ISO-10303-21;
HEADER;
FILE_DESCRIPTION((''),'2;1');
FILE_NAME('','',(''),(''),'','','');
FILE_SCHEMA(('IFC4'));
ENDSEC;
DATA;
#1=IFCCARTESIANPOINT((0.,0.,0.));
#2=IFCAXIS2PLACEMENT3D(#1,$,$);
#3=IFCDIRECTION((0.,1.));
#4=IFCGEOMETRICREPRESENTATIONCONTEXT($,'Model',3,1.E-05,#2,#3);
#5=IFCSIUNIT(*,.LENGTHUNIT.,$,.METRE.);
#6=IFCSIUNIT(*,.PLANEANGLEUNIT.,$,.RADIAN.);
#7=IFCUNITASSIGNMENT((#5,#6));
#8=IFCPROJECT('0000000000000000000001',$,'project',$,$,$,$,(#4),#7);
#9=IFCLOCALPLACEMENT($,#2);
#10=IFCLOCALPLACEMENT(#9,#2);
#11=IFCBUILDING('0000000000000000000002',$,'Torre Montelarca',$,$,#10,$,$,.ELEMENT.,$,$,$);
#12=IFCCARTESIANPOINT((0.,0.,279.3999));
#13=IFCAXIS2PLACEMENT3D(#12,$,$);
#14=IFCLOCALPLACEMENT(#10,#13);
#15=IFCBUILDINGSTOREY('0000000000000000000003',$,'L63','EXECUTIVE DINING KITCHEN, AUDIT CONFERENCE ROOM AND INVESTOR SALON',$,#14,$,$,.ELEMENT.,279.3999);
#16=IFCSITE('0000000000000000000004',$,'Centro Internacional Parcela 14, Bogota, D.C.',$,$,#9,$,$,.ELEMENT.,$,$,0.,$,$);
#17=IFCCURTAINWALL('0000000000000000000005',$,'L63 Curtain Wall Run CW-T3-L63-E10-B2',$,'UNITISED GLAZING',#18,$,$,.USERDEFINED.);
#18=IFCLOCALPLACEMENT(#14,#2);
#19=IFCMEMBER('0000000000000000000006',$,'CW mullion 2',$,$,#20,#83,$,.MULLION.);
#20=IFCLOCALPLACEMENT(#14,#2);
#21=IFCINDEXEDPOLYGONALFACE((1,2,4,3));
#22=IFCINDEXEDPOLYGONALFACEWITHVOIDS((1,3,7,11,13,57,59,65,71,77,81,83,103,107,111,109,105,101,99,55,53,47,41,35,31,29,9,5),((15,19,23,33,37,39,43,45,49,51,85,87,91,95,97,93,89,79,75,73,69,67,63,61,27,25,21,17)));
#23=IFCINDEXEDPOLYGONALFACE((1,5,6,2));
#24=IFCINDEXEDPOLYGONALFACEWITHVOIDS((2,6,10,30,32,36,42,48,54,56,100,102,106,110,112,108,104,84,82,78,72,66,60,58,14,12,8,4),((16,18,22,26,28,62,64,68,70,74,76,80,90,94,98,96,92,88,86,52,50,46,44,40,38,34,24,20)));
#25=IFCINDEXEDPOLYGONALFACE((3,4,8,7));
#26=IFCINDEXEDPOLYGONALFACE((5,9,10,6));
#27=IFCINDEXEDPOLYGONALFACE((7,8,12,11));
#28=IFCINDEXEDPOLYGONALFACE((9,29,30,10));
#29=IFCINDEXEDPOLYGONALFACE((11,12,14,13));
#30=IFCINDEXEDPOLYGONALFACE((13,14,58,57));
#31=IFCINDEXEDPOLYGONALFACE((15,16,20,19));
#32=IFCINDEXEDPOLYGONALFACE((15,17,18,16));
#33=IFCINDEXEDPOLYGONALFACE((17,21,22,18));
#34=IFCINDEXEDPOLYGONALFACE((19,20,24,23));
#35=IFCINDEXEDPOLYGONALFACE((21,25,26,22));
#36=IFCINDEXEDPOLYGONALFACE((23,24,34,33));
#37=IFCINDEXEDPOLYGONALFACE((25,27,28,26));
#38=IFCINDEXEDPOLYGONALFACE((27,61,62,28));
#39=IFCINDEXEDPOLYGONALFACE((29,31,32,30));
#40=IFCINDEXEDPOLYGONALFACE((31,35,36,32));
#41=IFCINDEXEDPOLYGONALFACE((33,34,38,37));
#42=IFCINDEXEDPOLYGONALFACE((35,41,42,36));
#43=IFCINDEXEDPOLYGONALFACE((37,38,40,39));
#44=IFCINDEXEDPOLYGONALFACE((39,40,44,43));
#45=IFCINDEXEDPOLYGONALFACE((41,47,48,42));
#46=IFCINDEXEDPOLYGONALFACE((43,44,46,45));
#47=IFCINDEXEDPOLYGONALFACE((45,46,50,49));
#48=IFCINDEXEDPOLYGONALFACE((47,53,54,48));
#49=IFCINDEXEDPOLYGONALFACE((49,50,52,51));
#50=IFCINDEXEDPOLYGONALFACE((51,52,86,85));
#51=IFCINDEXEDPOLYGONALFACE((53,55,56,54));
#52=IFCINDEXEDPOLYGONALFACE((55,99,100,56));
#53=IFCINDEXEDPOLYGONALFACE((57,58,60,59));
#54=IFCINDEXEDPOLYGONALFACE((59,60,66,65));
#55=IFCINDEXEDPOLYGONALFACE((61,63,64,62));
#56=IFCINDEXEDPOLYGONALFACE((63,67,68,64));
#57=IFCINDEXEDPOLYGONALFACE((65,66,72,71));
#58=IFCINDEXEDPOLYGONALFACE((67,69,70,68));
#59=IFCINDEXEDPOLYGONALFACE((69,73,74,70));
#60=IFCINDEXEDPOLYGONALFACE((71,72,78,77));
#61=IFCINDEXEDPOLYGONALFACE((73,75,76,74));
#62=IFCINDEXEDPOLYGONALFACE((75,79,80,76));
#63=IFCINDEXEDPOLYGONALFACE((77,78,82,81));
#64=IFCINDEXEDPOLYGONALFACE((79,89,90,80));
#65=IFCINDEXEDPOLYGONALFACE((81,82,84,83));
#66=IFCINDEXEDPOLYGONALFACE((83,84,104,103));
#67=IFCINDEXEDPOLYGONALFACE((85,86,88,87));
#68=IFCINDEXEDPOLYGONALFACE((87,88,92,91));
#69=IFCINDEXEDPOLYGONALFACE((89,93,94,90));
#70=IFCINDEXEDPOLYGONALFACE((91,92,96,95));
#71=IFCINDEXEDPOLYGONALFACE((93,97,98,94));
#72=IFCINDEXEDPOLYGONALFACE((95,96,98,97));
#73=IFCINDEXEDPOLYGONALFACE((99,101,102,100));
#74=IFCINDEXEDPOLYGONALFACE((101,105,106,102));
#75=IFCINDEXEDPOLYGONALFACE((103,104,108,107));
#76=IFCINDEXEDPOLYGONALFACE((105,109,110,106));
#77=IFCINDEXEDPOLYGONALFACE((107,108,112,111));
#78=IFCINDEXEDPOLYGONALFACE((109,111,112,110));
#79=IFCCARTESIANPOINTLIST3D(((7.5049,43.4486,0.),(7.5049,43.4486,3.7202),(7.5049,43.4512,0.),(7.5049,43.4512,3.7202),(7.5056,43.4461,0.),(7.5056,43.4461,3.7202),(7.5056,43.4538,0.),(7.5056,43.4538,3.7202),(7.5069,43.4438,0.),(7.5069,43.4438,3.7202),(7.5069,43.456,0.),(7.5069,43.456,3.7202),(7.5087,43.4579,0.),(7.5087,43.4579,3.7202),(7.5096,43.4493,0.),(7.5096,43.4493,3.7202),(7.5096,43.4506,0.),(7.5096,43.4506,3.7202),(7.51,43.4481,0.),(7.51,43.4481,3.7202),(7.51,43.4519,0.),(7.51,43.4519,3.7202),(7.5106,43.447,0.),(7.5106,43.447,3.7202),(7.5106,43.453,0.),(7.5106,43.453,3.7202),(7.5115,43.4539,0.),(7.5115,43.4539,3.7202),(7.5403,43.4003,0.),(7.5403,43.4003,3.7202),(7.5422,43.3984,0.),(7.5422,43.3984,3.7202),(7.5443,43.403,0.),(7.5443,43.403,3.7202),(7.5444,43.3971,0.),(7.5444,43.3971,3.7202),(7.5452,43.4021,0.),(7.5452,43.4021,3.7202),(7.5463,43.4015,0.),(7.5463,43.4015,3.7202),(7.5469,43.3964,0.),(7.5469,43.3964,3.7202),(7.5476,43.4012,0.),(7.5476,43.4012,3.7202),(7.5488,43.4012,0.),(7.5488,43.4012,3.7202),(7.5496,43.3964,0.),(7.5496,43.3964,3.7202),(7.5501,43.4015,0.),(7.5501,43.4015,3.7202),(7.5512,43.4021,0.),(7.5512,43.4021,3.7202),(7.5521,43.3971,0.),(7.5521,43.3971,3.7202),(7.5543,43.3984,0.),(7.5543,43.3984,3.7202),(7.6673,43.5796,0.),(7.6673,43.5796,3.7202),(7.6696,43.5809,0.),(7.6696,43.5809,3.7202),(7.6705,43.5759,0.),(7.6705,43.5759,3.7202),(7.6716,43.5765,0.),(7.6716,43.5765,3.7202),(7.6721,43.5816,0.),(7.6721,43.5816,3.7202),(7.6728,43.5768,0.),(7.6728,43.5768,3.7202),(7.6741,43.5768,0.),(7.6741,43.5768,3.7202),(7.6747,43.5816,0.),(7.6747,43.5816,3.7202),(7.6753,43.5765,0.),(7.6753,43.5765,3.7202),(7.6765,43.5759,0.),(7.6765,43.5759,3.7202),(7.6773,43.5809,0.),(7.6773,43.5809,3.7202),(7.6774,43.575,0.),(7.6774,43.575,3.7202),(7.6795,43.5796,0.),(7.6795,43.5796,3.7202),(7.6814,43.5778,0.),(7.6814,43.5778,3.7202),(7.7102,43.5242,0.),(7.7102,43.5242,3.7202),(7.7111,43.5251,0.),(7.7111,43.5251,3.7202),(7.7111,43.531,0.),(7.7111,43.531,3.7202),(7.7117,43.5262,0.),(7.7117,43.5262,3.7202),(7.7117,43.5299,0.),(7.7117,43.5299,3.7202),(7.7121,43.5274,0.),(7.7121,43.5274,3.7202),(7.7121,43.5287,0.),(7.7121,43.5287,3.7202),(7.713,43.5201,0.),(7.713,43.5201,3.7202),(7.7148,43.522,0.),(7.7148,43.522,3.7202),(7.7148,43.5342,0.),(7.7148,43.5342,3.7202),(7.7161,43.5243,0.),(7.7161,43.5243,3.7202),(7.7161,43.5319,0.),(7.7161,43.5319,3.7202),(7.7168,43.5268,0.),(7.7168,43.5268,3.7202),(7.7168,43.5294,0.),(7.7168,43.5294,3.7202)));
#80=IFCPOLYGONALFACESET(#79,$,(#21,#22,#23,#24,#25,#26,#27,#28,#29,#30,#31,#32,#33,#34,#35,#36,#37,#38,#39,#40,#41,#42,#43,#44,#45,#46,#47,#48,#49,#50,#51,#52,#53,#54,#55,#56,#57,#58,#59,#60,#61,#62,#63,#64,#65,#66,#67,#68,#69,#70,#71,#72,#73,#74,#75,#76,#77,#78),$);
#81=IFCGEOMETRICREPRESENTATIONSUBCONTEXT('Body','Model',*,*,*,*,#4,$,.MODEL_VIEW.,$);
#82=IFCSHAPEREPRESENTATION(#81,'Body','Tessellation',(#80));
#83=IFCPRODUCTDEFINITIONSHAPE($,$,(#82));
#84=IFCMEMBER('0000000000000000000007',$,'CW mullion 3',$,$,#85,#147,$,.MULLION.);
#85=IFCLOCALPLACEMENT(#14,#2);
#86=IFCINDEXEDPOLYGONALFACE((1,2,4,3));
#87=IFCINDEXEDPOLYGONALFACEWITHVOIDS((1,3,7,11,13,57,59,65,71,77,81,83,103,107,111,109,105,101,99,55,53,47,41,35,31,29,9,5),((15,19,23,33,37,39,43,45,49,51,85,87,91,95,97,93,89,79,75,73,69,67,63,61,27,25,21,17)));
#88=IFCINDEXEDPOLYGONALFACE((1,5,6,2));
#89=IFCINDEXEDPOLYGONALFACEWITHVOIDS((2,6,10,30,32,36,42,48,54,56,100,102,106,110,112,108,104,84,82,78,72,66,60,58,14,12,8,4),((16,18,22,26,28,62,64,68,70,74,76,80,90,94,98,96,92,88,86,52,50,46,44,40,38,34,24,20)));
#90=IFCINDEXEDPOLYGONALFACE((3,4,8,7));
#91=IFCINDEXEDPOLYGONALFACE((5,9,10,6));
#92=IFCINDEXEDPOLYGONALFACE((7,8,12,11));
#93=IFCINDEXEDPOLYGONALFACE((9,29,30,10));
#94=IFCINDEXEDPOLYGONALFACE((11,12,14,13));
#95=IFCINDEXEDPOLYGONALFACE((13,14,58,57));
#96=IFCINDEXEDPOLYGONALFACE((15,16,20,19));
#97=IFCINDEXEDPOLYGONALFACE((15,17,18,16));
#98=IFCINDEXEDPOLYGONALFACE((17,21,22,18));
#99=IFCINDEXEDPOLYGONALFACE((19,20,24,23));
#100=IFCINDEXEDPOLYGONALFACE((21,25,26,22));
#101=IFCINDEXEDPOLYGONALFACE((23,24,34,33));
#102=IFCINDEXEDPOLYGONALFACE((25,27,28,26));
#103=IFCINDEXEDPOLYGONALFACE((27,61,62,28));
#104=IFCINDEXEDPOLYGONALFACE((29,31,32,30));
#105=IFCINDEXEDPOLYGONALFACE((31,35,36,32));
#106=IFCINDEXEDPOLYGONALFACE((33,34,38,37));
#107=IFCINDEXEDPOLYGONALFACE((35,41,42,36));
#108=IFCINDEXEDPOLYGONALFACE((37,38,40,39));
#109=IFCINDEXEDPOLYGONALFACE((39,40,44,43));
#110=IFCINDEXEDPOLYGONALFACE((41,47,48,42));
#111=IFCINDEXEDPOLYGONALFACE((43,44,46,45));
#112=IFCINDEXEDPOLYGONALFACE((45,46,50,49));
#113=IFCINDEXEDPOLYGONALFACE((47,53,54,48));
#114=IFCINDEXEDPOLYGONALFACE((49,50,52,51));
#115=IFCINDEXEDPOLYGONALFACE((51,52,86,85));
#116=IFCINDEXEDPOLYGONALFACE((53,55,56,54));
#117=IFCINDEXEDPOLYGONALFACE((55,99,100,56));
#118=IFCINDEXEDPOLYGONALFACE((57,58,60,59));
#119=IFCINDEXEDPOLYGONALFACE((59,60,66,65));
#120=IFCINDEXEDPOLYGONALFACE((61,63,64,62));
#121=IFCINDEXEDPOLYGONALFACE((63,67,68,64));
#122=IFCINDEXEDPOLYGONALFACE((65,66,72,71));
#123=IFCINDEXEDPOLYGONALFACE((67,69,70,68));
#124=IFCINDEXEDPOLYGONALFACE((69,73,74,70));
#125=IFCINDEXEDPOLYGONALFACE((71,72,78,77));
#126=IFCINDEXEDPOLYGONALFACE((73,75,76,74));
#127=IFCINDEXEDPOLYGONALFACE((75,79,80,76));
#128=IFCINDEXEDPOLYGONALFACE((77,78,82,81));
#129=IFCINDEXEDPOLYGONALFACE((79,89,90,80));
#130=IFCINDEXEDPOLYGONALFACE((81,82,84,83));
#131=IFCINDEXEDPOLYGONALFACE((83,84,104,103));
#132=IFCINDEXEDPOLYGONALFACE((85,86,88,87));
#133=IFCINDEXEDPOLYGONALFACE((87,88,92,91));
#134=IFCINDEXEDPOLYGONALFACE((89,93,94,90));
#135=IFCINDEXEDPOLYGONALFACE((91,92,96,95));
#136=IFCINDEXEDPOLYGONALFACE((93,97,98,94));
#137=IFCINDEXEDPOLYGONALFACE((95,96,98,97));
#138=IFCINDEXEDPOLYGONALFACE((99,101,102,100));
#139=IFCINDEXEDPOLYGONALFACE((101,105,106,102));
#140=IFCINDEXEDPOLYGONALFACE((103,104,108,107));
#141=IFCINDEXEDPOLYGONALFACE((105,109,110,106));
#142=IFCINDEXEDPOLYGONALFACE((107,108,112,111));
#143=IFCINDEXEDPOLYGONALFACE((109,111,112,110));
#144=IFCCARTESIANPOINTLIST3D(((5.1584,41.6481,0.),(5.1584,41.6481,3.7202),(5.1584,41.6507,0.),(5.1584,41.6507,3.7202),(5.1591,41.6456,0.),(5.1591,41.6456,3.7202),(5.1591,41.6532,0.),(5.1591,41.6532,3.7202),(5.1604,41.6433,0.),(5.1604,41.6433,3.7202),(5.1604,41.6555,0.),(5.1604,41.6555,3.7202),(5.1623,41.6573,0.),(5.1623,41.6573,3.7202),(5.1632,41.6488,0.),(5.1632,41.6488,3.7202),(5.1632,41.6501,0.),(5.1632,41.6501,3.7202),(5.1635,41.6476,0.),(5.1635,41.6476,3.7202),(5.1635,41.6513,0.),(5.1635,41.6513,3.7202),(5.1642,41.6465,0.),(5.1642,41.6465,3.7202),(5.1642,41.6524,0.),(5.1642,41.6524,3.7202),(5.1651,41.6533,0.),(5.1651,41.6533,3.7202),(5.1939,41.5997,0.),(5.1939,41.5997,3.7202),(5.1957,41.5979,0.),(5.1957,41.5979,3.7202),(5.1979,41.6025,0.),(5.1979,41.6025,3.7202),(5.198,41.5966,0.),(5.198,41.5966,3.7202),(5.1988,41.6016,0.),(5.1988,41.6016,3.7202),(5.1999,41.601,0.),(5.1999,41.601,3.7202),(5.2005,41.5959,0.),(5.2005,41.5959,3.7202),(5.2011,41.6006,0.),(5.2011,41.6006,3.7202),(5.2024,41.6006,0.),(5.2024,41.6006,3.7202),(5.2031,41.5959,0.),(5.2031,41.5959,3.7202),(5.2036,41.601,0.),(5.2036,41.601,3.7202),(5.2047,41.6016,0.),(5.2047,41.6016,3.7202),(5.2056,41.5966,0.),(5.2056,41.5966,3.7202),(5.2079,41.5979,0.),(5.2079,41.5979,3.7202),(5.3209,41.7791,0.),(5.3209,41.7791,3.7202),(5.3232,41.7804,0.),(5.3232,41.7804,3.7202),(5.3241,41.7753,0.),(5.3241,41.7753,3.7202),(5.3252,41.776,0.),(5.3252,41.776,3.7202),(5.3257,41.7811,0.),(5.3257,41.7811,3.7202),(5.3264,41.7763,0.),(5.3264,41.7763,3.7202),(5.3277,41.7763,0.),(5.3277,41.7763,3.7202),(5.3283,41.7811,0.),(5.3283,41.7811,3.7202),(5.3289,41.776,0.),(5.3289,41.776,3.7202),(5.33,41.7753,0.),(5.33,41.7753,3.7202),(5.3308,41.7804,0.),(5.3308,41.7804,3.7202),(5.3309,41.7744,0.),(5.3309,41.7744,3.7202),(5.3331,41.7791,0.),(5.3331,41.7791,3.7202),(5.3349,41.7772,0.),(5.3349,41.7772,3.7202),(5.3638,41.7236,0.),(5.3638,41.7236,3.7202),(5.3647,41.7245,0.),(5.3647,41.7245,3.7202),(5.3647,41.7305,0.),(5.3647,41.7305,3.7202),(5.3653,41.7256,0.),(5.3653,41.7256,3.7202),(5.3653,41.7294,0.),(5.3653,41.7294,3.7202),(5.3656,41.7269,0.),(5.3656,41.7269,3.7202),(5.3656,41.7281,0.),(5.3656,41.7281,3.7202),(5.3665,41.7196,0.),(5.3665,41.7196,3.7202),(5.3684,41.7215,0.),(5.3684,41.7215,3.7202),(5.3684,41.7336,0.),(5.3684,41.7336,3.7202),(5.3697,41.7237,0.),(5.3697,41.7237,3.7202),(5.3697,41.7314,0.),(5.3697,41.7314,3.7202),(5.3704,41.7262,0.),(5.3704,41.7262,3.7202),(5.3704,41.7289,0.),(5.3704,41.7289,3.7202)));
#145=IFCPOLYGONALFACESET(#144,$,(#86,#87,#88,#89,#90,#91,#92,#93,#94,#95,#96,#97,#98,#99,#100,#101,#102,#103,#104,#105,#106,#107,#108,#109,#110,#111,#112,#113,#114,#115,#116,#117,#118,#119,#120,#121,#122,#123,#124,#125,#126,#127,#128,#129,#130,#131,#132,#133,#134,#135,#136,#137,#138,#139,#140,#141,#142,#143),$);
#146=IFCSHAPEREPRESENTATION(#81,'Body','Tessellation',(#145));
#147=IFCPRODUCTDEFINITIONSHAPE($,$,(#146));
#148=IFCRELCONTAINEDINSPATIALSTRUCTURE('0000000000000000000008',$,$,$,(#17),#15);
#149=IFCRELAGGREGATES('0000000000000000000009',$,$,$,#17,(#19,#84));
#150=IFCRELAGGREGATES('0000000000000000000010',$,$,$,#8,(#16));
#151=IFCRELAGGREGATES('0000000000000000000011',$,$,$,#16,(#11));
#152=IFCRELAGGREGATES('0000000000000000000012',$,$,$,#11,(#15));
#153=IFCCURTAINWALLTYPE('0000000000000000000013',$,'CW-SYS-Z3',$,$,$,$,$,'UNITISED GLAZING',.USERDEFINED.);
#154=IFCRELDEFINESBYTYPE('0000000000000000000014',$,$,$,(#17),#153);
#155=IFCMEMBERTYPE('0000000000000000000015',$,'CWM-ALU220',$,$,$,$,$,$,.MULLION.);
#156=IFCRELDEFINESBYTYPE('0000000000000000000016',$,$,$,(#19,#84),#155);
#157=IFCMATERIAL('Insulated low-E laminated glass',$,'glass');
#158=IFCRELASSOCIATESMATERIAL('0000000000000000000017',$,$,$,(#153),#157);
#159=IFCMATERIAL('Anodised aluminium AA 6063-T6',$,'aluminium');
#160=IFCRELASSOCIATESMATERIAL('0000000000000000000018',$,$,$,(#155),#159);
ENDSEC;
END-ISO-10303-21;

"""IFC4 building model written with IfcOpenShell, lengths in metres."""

from ifc_helpers import new_model, si_unit, direction, frame, origin, origin_2d, place, context, subcontext, project, spatial, hollow_rectangle, extrude, source, transform, mapped, material, material_profile, profile_set, type_object, element, aggregate, save


model = new_model("IFC4")

# Units and contexts
model_context = context("Model", 3, precision=1e-05, world=origin(), true_north=direction((0.0, 1.0)))
body_context = subcontext(model_context, "Body", "Model", "MODEL_VIEW")
ifc_project = project(units=[si_unit("LENGTHUNIT", "METRE"), si_unit("PLANEANGLEUNIT", "RADIAN")], contexts=[model_context])

# Site, building, storey
site_placement = place(None, origin())
site = spatial("IfcSite", under=ifc_project, at=site_placement, Name="Centro Internacional Parcela 14, Bogota, D.C.", CompositionType="ELEMENT", RefElevation=0.0)
building_placement = place(site_placement, origin())
building = spatial("IfcBuilding", under=site, at=building_placement, Name="Torre Montelarca", CompositionType="ELEMENT")
storey_placement = place(building_placement, frame((0.0, 0.0, 279.3999)))
storey = spatial("IfcBuildingStorey", under=building, at=storey_placement, Name="L63", Description="EXECUTIVE DINING KITCHEN, AUDIT CONFERENCE ROOM AND INVESTOR SALON", CompositionType="ELEMENT", Elevation=279.3999)

# Curtain wall, members
ifc_material_1 = material(Name="Insulated low-E laminated glass", Category="glass")
curtain_wall_type = type_object("IfcCurtainWallType", Name="CW-SYS-Z3", ElementType="UNITISED GLAZING", PredefinedType="USERDEFINED", material=ifc_material_1)
curtain_wall_1_placement = place(storey_placement, origin())
curtain_wall_1 = element("IfcCurtainWall", 1, at=curtain_wall_1_placement, inside=storey, type_object=curtain_wall_type, Name="L63 Curtain Wall Run CW-T3-L63-E10-B2", ObjectType="UNITISED GLAZING", PredefinedType="USERDEFINED")
ifc_material_2 = material(Name="Anodised aluminium AA 6063-T6", Category="aluminium")
ifc_material_profile_1 = material_profile(ifc_material_2, hollow_rectangle(XDim=0.075, YDim=0.22, WallThickness=0.0049, InnerFilletRadius=0.0049, OuterFilletRadius=0.01, at=origin_2d()), Name="ALU75X220X5", Category="aluminium")
ifc_profile_set_1 = profile_set([ifc_material_profile_1], Name="Anodised aluminium AA 6063-T6")
member_type_1 = type_object("IfcMemberType", Name="CWM-ALU220", PredefinedType="MULLION", material=ifc_profile_set_1)
shared_shape_1 = source(origin(), body_context, "Body", "SweptSolid", [
    extrude(hollow_rectangle(XDim=0.075, YDim=0.22, WallThickness=0.0049, InnerFilletRadius=0.0049, OuterFilletRadius=0.01, at=origin_2d()), origin(), (0.0, 0.0, 1.0), 3.7202),
])
member_1_placement = place(storey_placement, frame((7.6108, 43.489, 0.0), z_axis=(0.0, 0.0, 1.0), x_axis=(0.608773, -0.793345, 0.0)))
member_1 = element("IfcMember", 2, at=member_1_placement, type_object=member_type_1, Name="CW mullion 2", PredefinedType="MULLION", context=body_context, shape_type="MappedRepresentation", body=[
    mapped(shared_shape_1, transform((0.0, 0.0, 0.0), scale=1.0)),
])
member_2_placement = place(storey_placement, frame((5.2644, 41.6885, 0.0), z_axis=(0.0, 0.0, 1.0), x_axis=(0.608773, -0.793345, 0.0)))
member_2 = element("IfcMember", 3, at=member_2_placement, type_object=member_type_1, Name="CW mullion 3", PredefinedType="MULLION", context=body_context, shape_type="MappedRepresentation", body=[
    mapped(shared_shape_1, transform((0.0, 0.0, 0.0), scale=1.0)),
])

aggregate(curtain_wall_1, [member_1, member_2])

save(model, "model.ifc")
